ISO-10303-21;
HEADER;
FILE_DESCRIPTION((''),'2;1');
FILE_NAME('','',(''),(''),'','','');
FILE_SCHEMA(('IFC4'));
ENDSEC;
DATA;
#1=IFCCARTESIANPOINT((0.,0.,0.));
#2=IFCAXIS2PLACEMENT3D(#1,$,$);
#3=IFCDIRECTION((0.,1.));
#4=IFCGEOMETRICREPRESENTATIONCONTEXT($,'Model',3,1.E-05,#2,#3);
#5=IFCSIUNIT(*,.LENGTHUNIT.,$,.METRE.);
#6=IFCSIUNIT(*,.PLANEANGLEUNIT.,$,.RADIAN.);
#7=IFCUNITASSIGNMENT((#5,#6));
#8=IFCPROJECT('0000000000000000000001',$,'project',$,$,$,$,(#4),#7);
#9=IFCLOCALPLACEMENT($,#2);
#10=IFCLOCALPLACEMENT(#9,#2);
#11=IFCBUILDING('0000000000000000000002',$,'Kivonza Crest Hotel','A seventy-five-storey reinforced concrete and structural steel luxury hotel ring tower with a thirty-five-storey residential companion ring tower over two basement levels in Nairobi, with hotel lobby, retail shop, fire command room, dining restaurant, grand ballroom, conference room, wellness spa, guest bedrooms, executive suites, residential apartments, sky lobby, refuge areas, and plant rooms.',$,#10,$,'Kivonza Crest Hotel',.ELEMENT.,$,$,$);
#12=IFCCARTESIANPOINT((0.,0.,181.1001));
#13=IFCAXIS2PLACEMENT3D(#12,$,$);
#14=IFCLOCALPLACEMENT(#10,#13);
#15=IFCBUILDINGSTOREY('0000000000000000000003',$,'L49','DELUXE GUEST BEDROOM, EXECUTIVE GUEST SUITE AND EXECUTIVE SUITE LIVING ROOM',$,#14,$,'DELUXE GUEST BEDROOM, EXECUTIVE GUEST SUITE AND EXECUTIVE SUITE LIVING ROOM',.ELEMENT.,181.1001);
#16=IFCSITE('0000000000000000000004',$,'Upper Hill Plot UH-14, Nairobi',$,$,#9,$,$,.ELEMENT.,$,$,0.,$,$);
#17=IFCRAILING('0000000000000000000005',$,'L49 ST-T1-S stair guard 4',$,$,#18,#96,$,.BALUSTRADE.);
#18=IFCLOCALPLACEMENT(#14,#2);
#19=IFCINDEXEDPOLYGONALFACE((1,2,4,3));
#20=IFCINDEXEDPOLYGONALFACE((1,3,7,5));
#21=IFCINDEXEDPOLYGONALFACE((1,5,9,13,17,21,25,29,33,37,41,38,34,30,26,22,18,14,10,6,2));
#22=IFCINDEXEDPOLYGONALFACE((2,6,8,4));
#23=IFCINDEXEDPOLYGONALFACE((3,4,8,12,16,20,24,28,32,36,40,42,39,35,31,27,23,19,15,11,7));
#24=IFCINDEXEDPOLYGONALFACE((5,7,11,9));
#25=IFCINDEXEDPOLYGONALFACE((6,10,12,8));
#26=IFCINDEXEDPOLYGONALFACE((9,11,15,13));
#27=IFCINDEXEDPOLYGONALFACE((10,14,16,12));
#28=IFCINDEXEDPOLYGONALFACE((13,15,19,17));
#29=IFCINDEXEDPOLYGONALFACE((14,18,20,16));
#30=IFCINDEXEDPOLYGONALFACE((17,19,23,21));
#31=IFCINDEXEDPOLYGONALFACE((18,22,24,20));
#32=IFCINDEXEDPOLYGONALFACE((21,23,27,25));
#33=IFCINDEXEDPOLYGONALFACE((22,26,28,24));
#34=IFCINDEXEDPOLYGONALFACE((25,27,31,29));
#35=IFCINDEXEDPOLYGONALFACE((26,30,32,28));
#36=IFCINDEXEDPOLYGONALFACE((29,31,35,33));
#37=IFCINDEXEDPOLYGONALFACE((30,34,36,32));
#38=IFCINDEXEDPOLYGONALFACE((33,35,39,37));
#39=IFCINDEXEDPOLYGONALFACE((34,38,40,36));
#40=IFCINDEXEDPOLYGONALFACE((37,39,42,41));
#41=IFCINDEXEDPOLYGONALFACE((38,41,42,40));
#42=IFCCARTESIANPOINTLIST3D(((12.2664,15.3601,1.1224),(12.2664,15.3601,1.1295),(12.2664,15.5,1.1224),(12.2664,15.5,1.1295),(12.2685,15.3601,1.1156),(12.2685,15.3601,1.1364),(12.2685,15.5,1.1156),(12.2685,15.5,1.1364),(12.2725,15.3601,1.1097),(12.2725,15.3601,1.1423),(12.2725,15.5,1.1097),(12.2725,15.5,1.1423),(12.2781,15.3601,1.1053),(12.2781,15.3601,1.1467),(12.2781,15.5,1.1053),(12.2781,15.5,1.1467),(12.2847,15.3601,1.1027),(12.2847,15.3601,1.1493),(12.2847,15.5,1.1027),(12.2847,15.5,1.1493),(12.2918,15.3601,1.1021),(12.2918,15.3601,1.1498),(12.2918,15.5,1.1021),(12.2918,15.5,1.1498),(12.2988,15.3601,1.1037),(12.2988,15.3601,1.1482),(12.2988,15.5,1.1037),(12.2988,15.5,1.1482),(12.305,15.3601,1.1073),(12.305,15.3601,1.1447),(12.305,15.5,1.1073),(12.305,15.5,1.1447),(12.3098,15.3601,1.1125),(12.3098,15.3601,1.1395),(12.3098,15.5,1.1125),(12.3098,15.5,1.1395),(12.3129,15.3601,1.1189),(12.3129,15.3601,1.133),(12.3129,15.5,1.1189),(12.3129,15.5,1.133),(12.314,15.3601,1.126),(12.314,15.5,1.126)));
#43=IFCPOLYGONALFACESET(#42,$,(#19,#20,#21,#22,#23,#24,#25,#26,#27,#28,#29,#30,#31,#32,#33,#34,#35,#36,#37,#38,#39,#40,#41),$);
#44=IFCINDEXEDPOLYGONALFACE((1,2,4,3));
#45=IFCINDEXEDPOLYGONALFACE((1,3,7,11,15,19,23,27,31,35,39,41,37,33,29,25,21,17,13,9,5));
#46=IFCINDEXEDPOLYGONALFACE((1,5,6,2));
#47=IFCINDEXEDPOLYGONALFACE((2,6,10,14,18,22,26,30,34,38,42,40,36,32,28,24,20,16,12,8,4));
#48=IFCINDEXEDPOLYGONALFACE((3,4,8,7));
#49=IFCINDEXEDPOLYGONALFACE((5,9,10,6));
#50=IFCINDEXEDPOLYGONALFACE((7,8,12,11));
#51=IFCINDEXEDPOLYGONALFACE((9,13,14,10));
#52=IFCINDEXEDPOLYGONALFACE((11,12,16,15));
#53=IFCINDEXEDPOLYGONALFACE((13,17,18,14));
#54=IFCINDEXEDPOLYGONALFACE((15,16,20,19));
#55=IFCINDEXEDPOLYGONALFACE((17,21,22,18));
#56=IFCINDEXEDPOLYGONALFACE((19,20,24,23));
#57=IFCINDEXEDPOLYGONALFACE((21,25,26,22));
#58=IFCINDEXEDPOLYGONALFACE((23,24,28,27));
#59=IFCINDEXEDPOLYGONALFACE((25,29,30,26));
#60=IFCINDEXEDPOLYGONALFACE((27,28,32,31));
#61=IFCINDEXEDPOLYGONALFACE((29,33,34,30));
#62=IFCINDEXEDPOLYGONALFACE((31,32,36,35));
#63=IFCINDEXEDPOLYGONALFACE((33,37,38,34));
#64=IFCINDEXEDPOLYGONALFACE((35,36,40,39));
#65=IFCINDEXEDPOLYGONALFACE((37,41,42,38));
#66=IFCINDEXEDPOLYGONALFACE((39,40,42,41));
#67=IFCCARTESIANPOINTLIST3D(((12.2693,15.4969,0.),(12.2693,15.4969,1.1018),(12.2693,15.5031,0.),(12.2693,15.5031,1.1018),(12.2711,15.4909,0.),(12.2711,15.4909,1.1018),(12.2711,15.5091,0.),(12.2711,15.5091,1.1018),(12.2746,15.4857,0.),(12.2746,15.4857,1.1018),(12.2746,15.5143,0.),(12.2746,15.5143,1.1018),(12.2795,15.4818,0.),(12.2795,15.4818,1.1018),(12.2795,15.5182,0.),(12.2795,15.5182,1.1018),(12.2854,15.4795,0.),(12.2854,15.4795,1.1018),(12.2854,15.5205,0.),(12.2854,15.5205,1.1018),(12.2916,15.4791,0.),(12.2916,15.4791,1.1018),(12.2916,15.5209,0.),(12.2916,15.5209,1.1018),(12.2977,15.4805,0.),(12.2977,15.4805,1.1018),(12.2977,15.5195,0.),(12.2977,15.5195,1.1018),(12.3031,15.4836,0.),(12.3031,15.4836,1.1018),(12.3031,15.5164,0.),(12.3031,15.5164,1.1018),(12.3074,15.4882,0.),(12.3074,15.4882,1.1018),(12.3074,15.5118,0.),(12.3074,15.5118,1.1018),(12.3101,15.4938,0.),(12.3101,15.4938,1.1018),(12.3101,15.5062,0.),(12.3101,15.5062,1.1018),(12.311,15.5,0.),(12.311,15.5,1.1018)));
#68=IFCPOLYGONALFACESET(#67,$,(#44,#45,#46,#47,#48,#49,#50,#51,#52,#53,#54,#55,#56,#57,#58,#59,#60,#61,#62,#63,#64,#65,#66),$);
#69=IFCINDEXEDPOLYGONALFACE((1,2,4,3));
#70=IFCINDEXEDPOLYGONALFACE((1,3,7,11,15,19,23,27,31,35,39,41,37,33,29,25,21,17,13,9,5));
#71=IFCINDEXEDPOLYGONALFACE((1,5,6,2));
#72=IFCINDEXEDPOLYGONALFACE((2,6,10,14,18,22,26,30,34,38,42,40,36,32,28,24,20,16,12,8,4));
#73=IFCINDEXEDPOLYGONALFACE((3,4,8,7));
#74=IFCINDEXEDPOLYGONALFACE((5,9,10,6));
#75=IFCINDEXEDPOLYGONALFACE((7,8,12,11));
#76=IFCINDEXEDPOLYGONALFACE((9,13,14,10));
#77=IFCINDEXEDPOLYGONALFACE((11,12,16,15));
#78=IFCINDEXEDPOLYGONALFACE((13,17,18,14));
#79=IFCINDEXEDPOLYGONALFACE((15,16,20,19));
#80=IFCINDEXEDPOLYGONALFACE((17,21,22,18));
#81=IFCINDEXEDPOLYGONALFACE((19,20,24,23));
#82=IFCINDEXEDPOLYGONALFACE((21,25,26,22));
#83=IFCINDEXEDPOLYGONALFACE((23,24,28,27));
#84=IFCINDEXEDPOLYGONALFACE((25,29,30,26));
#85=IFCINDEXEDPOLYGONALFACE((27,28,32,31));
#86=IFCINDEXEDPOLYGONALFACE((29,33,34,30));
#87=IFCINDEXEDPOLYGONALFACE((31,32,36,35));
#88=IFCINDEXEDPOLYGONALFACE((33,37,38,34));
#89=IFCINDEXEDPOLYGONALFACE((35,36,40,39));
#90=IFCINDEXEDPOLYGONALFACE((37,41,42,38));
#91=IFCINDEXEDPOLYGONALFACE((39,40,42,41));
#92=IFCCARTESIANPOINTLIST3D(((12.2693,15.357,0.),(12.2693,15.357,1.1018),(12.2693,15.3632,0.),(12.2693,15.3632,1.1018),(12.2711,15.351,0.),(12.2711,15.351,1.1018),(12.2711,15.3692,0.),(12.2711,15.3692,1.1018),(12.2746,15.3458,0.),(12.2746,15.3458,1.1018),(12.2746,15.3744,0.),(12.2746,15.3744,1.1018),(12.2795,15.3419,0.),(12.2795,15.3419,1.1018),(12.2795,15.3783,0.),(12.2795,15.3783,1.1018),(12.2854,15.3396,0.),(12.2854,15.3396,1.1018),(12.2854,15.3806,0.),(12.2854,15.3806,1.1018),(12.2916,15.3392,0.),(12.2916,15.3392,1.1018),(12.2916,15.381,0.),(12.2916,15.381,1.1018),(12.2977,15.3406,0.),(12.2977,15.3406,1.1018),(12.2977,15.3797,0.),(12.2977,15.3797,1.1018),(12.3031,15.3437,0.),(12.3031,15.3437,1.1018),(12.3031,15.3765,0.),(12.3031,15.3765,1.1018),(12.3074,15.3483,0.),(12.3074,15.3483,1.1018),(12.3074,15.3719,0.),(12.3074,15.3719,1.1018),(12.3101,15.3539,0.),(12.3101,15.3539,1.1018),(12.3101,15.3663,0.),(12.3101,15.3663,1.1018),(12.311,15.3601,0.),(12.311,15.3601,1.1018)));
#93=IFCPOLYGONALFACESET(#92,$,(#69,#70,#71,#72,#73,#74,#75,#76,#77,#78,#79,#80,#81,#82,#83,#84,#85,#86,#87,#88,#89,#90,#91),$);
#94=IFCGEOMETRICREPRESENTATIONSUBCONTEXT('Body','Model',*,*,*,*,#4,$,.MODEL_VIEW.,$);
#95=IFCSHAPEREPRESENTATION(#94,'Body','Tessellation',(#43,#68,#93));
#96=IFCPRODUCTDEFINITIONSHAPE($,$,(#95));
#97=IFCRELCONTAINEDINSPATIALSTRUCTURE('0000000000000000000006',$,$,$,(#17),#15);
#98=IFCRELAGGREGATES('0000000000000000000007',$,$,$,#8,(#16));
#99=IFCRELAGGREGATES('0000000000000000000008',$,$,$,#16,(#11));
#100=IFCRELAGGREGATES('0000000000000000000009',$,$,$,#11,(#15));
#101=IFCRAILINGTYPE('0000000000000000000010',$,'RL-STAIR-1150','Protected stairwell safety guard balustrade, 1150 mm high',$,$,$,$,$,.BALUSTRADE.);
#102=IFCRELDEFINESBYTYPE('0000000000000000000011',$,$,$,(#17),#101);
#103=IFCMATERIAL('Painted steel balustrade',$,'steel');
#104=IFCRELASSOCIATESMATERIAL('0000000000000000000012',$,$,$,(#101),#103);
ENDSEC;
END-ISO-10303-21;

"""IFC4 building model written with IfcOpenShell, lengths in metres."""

from ifc_helpers import new_model, si_unit, direction, frame, origin, origin_2d, place, context, subcontext, project, spatial, circle, extrude, material, type_object, element, save


model = new_model("IFC4")

# Units and contexts
model_context = context("Model", 3, precision=1e-05, world=origin(), true_north=direction((0.0, 1.0)))
body_context = subcontext(model_context, "Body", "Model", "MODEL_VIEW")
ifc_project = project(units=[si_unit("LENGTHUNIT", "METRE"), si_unit("PLANEANGLEUNIT", "RADIAN")], contexts=[model_context])

# Site, building, storey
site_placement = place(None, origin())
site = spatial("IfcSite", under=ifc_project, at=site_placement, Name="Upper Hill Plot UH-14, Nairobi", CompositionType="ELEMENT", RefElevation=0.0)
building_placement = place(site_placement, origin())
building = spatial("IfcBuilding", under=site, at=building_placement, Name="Kivonza Crest Hotel", Description="A seventy-five-storey reinforced concrete and structural steel luxury hotel ring tower with a thirty-five-storey residential companion ring tower over two basement levels in Nairobi, with hotel lobby, retail shop, fire command room, dining restaurant, grand ballroom, conference room, wellness spa, guest bedrooms, executive suites, residential apartments, sky lobby, refuge areas, and plant rooms.", LongName="Kivonza Crest Hotel", CompositionType="ELEMENT")
storey_placement = place(building_placement, frame((0.0, 0.0, 181.1001)))
storey = spatial("IfcBuildingStorey", under=building, at=storey_placement, Name="L49", Description="DELUXE GUEST BEDROOM, EXECUTIVE GUEST SUITE AND EXECUTIVE SUITE LIVING ROOM", LongName="DELUXE GUEST BEDROOM, EXECUTIVE GUEST SUITE AND EXECUTIVE SUITE LIVING ROOM", CompositionType="ELEMENT", Elevation=181.1001)

# Railing
ifc_material_1 = material(Name="Painted steel balustrade", Category="steel")
railing_type_1 = type_object("IfcRailingType", Name="RL-STAIR-1150", Description="Protected stairwell safety guard balustrade, 1150 mm high", PredefinedType="BALUSTRADE", material=ifc_material_1)
railing_1_placement = place(storey_placement, frame((12.29, 15.5, 0.0)))
element("IfcRailing", 1, at=railing_1_placement, inside=storey, type_object=railing_type_1, Name="L49 ST-T1-S stair guard 4", PredefinedType="BALUSTRADE", context=body_context, shape_type="SweptSolid", body=[
    extrude(circle(Radius=0.0239, at=origin_2d()), frame((0.0, 0.0, 1.126), z_axis=(0.0, -1.0, 0.0), x_axis=(1.0, 0.0, 0.0)), (0.0, 0.0, 1.0), 0.1399),
    extrude(circle(Radius=0.021, at=origin_2d()), origin(), (0.0, 0.0, 1.0), 1.1018),
    extrude(circle(Radius=0.021, at=origin_2d()), frame((0.0, -0.1399, 0.0)), (0.0, 0.0, 1.0), 1.1018),
])

save(model, "model.ifc")
